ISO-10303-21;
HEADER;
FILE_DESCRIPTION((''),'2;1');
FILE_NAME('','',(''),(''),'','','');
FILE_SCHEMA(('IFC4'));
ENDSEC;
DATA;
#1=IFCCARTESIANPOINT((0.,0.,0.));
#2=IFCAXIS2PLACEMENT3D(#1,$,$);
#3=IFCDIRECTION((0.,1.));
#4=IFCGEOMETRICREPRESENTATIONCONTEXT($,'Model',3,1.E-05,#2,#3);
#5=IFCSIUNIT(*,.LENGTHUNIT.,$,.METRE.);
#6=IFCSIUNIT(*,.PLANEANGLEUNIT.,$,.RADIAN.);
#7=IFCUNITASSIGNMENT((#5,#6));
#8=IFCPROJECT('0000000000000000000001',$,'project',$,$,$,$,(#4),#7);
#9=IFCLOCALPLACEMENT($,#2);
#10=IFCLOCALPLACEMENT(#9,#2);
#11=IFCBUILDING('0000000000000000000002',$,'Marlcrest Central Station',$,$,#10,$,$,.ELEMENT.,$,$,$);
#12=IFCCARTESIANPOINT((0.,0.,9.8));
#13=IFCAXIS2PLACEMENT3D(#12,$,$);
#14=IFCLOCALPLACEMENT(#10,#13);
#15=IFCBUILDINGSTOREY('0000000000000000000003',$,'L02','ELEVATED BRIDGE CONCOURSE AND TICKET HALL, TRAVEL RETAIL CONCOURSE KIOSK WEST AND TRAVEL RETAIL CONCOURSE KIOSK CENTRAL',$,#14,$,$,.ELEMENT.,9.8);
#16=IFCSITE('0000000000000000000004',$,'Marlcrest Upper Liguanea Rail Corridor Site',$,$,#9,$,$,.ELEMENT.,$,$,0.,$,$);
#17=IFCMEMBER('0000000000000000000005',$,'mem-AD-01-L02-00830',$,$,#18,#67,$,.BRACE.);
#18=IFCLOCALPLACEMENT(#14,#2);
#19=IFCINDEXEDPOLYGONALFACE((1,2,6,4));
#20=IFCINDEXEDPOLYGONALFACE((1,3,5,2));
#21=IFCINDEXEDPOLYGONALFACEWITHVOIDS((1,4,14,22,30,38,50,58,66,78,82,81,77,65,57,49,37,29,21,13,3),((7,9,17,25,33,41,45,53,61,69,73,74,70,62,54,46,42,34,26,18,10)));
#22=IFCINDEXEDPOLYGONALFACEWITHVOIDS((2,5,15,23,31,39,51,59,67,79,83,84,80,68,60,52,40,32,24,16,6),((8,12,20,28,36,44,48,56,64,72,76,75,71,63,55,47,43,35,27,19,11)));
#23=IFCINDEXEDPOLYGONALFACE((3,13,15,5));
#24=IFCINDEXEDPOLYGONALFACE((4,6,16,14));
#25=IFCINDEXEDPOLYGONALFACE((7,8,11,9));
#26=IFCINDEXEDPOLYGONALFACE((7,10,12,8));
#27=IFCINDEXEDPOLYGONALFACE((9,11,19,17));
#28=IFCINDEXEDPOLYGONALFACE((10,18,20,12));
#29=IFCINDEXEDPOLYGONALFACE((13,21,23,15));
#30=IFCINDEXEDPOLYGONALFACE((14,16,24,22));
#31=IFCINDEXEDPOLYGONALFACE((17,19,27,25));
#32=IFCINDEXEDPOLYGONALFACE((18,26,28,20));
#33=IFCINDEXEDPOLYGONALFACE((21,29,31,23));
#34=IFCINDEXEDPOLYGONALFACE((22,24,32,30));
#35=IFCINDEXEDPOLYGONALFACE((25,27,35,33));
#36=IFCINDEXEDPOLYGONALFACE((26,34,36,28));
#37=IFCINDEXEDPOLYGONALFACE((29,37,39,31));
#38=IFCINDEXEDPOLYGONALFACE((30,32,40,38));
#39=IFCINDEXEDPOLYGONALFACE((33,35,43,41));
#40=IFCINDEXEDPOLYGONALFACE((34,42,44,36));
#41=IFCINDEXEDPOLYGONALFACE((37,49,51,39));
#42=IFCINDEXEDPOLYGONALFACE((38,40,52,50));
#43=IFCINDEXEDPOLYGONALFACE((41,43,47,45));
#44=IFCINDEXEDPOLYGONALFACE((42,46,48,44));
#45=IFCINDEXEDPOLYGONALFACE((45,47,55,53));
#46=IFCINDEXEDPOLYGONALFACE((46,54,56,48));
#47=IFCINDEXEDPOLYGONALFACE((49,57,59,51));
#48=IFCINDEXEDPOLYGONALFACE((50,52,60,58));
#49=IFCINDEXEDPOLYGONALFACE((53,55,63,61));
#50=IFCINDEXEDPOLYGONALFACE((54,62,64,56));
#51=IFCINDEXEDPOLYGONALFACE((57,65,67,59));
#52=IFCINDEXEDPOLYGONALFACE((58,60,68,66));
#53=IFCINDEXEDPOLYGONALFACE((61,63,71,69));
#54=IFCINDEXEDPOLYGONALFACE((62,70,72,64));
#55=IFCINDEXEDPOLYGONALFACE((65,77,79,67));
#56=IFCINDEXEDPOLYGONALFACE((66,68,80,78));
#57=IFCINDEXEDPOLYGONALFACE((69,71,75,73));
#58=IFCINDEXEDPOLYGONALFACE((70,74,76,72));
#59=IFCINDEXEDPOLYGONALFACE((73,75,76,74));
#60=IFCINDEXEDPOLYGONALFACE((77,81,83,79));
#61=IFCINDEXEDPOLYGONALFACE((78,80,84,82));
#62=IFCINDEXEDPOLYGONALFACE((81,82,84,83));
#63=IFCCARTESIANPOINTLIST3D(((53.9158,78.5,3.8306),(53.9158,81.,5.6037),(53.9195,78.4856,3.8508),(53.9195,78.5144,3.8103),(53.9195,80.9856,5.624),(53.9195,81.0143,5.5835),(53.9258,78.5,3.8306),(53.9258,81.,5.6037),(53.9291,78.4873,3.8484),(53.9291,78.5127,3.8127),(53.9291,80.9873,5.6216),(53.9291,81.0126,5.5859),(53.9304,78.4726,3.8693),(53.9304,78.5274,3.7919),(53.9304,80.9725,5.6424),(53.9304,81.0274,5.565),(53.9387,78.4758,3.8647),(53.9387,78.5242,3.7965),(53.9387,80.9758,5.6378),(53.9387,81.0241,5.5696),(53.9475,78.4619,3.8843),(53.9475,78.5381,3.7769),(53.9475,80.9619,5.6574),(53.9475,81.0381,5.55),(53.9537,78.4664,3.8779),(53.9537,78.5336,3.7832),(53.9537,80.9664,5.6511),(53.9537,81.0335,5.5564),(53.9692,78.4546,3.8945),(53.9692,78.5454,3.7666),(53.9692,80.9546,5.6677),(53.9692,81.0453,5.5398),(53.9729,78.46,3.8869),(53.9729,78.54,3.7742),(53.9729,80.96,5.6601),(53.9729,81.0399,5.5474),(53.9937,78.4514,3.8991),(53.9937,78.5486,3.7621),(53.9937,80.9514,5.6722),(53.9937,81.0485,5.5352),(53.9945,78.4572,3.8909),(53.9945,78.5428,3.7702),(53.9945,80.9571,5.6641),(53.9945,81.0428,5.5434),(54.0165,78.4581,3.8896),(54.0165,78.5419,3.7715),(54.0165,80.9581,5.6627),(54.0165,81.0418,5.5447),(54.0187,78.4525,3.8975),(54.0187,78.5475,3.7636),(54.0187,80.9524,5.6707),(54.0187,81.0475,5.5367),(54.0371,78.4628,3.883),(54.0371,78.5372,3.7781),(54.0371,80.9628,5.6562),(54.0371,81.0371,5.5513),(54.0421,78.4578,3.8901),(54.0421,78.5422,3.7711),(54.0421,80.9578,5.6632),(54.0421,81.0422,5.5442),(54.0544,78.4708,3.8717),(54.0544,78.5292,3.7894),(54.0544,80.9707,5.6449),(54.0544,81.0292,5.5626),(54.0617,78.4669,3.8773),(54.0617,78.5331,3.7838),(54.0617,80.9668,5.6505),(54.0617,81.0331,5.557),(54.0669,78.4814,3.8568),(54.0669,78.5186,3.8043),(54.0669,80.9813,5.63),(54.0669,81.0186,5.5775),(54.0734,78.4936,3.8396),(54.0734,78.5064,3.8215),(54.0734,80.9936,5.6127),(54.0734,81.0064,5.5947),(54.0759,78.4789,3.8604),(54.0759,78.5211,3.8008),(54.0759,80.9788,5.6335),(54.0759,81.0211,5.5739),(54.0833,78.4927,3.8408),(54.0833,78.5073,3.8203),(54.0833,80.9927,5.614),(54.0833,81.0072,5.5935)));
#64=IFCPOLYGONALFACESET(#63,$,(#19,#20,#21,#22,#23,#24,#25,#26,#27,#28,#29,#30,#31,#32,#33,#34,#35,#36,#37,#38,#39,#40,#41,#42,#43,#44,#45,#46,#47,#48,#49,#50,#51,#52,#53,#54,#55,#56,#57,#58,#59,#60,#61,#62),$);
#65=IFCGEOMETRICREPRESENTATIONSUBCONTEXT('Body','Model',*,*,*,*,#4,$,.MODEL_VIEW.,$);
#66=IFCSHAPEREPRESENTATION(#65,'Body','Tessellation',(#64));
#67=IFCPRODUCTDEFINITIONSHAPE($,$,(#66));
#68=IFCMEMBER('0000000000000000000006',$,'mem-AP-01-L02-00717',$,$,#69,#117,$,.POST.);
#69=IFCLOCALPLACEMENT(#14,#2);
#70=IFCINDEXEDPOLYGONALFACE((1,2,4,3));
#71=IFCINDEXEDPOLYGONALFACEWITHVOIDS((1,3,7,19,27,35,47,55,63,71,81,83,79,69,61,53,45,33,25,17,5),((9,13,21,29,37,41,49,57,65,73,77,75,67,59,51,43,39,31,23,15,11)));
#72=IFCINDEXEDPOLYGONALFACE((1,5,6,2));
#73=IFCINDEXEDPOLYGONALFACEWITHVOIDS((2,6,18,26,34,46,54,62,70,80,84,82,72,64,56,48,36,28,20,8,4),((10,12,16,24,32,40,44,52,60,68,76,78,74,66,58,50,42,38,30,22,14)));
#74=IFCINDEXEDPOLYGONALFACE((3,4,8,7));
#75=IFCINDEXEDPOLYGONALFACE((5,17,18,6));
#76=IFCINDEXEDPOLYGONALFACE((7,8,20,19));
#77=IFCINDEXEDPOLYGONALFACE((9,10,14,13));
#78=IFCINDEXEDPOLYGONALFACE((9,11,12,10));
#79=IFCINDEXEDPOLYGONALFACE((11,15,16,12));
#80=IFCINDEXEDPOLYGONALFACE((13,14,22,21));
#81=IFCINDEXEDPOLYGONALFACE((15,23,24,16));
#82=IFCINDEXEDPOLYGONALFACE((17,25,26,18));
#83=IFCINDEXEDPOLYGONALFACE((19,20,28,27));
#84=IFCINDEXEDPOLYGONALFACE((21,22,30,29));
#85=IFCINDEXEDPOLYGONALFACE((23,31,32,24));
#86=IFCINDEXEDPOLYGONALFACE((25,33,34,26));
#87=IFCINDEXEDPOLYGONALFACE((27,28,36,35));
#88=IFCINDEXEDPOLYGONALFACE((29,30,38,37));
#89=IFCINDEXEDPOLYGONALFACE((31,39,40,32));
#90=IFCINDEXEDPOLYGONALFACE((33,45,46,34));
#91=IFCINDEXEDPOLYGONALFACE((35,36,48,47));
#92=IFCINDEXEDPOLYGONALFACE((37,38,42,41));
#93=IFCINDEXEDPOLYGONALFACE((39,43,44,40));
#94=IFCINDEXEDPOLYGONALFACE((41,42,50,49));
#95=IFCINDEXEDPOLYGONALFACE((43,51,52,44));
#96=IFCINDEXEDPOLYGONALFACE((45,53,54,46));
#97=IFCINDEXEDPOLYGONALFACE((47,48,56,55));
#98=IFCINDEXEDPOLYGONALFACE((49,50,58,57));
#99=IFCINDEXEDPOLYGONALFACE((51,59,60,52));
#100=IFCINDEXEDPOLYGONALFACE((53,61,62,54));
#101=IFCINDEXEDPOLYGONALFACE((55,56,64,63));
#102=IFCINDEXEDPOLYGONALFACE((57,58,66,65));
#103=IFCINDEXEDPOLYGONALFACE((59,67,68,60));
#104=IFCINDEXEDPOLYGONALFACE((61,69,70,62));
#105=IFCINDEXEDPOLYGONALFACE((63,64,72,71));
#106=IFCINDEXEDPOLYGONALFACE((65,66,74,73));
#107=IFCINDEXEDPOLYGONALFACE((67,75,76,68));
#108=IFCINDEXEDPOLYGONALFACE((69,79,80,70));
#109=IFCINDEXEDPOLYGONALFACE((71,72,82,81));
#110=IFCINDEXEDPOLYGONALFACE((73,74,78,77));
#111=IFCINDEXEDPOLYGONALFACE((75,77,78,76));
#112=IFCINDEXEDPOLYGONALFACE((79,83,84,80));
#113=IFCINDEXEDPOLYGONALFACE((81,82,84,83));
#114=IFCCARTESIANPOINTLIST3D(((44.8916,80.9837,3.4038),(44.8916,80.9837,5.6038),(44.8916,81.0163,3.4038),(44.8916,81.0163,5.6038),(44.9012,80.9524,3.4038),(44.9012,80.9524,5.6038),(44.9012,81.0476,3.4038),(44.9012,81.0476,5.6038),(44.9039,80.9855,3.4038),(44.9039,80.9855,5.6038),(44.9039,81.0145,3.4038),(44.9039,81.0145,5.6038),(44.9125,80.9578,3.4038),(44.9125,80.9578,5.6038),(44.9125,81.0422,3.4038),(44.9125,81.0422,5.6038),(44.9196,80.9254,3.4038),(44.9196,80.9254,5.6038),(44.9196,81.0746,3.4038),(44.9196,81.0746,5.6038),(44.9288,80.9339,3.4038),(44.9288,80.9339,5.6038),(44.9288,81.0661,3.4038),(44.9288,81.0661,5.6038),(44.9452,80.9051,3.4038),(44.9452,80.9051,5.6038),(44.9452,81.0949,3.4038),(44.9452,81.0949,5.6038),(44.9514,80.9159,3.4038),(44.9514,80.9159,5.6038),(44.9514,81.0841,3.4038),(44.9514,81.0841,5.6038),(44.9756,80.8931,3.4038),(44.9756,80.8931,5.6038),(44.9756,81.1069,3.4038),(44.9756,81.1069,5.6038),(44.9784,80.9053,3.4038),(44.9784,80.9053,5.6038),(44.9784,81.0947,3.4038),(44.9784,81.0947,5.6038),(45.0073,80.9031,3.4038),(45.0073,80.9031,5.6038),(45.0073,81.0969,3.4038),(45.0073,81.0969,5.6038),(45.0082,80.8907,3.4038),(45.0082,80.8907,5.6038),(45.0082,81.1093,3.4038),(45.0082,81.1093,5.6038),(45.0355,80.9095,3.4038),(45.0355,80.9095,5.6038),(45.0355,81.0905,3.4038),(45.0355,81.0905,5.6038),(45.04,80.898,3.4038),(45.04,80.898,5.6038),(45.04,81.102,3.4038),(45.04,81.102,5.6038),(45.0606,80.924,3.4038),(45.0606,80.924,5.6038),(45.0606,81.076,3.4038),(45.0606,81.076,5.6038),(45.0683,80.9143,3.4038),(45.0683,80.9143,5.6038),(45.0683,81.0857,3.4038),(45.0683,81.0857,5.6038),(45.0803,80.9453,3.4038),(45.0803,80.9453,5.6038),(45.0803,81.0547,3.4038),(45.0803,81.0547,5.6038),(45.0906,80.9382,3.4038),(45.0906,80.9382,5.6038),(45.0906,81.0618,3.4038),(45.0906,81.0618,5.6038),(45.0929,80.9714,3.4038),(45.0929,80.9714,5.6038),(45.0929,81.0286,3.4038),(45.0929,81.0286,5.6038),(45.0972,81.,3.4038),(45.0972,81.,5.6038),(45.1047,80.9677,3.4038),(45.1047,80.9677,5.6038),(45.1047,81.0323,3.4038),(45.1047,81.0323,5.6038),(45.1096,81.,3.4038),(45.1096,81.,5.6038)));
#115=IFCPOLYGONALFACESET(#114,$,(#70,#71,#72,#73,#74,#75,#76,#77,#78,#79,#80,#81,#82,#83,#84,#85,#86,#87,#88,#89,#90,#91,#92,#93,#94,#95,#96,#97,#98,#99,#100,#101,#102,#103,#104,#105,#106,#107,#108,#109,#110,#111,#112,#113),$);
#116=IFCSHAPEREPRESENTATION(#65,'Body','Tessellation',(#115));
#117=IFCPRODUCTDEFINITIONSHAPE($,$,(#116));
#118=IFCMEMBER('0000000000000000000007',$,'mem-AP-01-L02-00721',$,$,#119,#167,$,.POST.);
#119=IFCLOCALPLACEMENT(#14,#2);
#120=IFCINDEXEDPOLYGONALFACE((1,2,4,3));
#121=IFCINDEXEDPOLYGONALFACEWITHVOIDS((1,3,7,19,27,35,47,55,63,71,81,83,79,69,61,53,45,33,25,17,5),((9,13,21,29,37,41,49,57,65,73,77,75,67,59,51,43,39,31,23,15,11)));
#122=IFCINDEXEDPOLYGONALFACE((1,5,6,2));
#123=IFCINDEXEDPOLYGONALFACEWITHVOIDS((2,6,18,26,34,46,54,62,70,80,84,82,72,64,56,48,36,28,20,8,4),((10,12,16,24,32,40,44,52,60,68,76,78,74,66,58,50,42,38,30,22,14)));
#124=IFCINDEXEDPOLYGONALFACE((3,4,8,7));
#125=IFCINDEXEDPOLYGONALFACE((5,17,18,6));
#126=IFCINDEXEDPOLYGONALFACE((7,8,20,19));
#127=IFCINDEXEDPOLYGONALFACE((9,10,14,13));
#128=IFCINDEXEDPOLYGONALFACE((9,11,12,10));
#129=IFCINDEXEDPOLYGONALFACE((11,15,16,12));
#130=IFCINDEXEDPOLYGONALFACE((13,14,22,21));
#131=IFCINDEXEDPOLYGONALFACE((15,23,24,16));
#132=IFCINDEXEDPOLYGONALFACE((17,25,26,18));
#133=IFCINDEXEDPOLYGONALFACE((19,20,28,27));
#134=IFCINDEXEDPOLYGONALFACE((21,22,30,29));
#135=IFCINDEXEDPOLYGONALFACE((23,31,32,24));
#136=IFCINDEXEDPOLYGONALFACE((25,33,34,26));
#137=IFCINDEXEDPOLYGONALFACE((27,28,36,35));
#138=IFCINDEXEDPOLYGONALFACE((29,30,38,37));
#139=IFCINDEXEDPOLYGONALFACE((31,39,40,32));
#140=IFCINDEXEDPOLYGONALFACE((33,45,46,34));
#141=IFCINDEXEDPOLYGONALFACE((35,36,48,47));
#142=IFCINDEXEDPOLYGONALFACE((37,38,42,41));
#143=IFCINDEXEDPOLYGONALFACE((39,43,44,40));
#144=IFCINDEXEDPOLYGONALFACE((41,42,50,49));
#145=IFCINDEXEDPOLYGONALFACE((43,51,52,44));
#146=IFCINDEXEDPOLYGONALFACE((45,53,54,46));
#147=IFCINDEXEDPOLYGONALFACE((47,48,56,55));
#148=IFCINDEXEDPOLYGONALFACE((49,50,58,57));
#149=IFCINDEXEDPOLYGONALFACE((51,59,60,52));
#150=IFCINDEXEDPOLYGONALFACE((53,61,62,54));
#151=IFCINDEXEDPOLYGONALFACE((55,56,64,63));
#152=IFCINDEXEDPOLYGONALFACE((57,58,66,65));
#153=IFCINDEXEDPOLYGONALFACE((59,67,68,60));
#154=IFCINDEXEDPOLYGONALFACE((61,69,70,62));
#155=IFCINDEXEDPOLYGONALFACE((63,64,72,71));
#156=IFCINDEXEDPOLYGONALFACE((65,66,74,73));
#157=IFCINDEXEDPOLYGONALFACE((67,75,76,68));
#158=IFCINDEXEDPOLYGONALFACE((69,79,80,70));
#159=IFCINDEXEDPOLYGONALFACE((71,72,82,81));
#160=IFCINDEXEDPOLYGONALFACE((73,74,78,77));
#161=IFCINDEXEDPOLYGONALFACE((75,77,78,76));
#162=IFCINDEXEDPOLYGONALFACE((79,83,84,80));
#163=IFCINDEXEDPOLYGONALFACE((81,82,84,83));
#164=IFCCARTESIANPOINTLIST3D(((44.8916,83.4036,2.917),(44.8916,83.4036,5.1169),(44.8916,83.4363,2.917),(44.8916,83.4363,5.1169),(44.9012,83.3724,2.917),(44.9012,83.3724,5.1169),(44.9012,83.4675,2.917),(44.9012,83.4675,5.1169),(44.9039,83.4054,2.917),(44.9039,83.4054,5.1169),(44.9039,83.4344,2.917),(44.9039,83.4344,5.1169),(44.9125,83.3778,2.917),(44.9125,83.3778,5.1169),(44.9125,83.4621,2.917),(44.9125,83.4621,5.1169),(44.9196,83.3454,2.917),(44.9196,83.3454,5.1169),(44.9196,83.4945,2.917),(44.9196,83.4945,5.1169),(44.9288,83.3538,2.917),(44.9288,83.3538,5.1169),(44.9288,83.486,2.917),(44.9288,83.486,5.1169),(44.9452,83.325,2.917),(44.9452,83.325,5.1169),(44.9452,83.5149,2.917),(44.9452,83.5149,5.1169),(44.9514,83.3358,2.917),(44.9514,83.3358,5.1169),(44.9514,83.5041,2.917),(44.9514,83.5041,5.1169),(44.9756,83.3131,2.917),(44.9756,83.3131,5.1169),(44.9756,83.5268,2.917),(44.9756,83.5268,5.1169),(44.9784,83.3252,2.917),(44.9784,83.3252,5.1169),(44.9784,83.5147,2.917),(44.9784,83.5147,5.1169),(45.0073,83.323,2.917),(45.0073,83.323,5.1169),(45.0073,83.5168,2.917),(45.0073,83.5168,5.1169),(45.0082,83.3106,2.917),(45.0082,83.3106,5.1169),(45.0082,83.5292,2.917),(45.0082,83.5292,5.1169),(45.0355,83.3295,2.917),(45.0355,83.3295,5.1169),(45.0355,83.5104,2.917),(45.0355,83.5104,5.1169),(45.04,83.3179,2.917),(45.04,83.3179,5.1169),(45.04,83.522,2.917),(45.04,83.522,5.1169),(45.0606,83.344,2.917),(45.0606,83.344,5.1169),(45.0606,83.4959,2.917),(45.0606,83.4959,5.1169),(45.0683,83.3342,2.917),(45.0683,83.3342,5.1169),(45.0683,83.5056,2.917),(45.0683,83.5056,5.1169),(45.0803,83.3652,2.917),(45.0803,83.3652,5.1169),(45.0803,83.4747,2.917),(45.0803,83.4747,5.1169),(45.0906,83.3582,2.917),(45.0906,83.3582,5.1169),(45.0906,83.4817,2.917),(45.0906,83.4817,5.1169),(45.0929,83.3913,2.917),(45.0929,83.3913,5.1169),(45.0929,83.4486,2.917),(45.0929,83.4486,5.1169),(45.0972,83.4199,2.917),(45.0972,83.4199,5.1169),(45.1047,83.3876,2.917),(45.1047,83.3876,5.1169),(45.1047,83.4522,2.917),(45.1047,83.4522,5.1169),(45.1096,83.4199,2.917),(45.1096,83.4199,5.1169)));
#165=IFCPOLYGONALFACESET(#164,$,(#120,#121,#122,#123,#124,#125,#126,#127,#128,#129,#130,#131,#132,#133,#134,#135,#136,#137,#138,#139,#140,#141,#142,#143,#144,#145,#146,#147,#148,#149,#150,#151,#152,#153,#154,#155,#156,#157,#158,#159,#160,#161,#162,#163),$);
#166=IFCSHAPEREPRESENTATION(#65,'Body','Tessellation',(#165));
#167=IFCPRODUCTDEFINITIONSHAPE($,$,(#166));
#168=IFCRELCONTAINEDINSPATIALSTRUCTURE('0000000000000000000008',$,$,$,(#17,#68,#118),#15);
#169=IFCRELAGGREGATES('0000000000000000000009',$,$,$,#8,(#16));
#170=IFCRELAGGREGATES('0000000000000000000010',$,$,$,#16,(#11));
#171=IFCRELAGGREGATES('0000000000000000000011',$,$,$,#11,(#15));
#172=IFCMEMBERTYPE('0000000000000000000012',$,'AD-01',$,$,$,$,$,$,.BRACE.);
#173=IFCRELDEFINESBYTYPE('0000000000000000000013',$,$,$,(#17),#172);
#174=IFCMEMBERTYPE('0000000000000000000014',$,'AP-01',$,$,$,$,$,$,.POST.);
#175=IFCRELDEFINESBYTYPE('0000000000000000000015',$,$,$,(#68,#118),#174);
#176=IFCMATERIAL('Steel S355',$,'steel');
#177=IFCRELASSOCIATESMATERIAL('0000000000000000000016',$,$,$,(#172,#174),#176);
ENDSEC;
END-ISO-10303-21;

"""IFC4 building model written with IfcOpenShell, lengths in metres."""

from ifc_helpers import new_model, si_unit, direction, frame, origin, origin_2d, place, context, subcontext, project, spatial, hollow_circle, extrude, material, material_profile, profile_set, type_object, element, save


model = new_model("IFC4")

# Units and contexts
model_context = context("Model", 3, precision=1e-05, world=origin(), true_north=direction((0.0, 1.0)))
body_context = subcontext(model_context, "Body", "Model", "MODEL_VIEW")
ifc_project = project(units=[si_unit("LENGTHUNIT", "METRE"), si_unit("PLANEANGLEUNIT", "RADIAN")], contexts=[model_context])

# Site, building, storey
site_placement = place(None, origin())
site = spatial("IfcSite", under=ifc_project, at=site_placement, Name="Marlcrest Upper Liguanea Rail Corridor Site", CompositionType="ELEMENT", RefElevation=0.0)
building_placement = place(site_placement, origin())
building = spatial("IfcBuilding", under=site, at=building_placement, Name="Marlcrest Central Station", CompositionType="ELEMENT")
storey_placement = place(building_placement, frame((0.0, 0.0, 9.8)))
storey = spatial("IfcBuildingStorey", under=building, at=storey_placement, Name="L02", Description="ELEVATED BRIDGE CONCOURSE AND TICKET HALL, TRAVEL RETAIL CONCOURSE KIOSK WEST AND TRAVEL RETAIL CONCOURSE KIOSK CENTRAL", CompositionType="ELEMENT", Elevation=9.8)

# Members
ifc_material_1 = material(Name="Steel S355", Category="steel")
ifc_material_profile_1 = material_profile(ifc_material_1, hollow_circle(Radius=0.0842, WallThickness=0.01, at=origin_2d()), Name="CHS 168.3x10")
ifc_profile_set_1 = profile_set([ifc_material_profile_1], Name="Steel S355")
member_type_1 = type_object("IfcMemberType", Name="AD-01", PredefinedType="BRACE", material=ifc_profile_set_1)
member_1_placement = place(storey_placement, frame((54.0, 78.5, 3.8306), z_axis=(0.0, 0.815661, 0.57853), x_axis=(-1.0, 0.0, 0.0)))
element("IfcMember", 1, at=member_1_placement, inside=storey, type_object=member_type_1, Name="mem-AD-01-L02-00830", PredefinedType="BRACE", context=body_context, shape_type="SweptSolid", body=[
    extrude(hollow_circle(Radius=0.0842, WallThickness=0.01, at=origin_2d()), origin(), (0.0, 0.0, 1.0), 3.0649),
])
ifc_material_profile_2 = material_profile(ifc_material_1, hollow_circle(Radius=0.1096, WallThickness=0.0125, at=origin_2d()), Name="CHS 219.1x12.5")
ifc_profile_set_2 = profile_set([ifc_material_profile_2], Name="Steel S355")
member_type_2 = type_object("IfcMemberType", Name="AP-01", PredefinedType="POST", material=ifc_profile_set_2)
for number, where, z_axis, x_axis, name in (
    (2, (45.0, 81.0, 3.4038), (0.0, 0.0, 1.0), (1.0, 0.0, 0.0), "mem-AP-01-L02-00717"),
    (3, (45.0, 83.4199, 2.917), (0.0, 0.0, 1.0), (1.0, 0.0, 0.0), "mem-AP-01-L02-00721"),
):
    element("IfcMember", number, at=place(storey_placement, frame(where, z_axis=z_axis, x_axis=x_axis)), inside=storey, type_object=member_type_2, Name=name, PredefinedType="POST", context=body_context, shape_type="SweptSolid", body=[
        extrude(hollow_circle(Radius=0.1096, WallThickness=0.0125, at=origin_2d()), origin(), (0.0, 0.0, 1.0), 2.2),
    ])

save(model, "model.ifc")
